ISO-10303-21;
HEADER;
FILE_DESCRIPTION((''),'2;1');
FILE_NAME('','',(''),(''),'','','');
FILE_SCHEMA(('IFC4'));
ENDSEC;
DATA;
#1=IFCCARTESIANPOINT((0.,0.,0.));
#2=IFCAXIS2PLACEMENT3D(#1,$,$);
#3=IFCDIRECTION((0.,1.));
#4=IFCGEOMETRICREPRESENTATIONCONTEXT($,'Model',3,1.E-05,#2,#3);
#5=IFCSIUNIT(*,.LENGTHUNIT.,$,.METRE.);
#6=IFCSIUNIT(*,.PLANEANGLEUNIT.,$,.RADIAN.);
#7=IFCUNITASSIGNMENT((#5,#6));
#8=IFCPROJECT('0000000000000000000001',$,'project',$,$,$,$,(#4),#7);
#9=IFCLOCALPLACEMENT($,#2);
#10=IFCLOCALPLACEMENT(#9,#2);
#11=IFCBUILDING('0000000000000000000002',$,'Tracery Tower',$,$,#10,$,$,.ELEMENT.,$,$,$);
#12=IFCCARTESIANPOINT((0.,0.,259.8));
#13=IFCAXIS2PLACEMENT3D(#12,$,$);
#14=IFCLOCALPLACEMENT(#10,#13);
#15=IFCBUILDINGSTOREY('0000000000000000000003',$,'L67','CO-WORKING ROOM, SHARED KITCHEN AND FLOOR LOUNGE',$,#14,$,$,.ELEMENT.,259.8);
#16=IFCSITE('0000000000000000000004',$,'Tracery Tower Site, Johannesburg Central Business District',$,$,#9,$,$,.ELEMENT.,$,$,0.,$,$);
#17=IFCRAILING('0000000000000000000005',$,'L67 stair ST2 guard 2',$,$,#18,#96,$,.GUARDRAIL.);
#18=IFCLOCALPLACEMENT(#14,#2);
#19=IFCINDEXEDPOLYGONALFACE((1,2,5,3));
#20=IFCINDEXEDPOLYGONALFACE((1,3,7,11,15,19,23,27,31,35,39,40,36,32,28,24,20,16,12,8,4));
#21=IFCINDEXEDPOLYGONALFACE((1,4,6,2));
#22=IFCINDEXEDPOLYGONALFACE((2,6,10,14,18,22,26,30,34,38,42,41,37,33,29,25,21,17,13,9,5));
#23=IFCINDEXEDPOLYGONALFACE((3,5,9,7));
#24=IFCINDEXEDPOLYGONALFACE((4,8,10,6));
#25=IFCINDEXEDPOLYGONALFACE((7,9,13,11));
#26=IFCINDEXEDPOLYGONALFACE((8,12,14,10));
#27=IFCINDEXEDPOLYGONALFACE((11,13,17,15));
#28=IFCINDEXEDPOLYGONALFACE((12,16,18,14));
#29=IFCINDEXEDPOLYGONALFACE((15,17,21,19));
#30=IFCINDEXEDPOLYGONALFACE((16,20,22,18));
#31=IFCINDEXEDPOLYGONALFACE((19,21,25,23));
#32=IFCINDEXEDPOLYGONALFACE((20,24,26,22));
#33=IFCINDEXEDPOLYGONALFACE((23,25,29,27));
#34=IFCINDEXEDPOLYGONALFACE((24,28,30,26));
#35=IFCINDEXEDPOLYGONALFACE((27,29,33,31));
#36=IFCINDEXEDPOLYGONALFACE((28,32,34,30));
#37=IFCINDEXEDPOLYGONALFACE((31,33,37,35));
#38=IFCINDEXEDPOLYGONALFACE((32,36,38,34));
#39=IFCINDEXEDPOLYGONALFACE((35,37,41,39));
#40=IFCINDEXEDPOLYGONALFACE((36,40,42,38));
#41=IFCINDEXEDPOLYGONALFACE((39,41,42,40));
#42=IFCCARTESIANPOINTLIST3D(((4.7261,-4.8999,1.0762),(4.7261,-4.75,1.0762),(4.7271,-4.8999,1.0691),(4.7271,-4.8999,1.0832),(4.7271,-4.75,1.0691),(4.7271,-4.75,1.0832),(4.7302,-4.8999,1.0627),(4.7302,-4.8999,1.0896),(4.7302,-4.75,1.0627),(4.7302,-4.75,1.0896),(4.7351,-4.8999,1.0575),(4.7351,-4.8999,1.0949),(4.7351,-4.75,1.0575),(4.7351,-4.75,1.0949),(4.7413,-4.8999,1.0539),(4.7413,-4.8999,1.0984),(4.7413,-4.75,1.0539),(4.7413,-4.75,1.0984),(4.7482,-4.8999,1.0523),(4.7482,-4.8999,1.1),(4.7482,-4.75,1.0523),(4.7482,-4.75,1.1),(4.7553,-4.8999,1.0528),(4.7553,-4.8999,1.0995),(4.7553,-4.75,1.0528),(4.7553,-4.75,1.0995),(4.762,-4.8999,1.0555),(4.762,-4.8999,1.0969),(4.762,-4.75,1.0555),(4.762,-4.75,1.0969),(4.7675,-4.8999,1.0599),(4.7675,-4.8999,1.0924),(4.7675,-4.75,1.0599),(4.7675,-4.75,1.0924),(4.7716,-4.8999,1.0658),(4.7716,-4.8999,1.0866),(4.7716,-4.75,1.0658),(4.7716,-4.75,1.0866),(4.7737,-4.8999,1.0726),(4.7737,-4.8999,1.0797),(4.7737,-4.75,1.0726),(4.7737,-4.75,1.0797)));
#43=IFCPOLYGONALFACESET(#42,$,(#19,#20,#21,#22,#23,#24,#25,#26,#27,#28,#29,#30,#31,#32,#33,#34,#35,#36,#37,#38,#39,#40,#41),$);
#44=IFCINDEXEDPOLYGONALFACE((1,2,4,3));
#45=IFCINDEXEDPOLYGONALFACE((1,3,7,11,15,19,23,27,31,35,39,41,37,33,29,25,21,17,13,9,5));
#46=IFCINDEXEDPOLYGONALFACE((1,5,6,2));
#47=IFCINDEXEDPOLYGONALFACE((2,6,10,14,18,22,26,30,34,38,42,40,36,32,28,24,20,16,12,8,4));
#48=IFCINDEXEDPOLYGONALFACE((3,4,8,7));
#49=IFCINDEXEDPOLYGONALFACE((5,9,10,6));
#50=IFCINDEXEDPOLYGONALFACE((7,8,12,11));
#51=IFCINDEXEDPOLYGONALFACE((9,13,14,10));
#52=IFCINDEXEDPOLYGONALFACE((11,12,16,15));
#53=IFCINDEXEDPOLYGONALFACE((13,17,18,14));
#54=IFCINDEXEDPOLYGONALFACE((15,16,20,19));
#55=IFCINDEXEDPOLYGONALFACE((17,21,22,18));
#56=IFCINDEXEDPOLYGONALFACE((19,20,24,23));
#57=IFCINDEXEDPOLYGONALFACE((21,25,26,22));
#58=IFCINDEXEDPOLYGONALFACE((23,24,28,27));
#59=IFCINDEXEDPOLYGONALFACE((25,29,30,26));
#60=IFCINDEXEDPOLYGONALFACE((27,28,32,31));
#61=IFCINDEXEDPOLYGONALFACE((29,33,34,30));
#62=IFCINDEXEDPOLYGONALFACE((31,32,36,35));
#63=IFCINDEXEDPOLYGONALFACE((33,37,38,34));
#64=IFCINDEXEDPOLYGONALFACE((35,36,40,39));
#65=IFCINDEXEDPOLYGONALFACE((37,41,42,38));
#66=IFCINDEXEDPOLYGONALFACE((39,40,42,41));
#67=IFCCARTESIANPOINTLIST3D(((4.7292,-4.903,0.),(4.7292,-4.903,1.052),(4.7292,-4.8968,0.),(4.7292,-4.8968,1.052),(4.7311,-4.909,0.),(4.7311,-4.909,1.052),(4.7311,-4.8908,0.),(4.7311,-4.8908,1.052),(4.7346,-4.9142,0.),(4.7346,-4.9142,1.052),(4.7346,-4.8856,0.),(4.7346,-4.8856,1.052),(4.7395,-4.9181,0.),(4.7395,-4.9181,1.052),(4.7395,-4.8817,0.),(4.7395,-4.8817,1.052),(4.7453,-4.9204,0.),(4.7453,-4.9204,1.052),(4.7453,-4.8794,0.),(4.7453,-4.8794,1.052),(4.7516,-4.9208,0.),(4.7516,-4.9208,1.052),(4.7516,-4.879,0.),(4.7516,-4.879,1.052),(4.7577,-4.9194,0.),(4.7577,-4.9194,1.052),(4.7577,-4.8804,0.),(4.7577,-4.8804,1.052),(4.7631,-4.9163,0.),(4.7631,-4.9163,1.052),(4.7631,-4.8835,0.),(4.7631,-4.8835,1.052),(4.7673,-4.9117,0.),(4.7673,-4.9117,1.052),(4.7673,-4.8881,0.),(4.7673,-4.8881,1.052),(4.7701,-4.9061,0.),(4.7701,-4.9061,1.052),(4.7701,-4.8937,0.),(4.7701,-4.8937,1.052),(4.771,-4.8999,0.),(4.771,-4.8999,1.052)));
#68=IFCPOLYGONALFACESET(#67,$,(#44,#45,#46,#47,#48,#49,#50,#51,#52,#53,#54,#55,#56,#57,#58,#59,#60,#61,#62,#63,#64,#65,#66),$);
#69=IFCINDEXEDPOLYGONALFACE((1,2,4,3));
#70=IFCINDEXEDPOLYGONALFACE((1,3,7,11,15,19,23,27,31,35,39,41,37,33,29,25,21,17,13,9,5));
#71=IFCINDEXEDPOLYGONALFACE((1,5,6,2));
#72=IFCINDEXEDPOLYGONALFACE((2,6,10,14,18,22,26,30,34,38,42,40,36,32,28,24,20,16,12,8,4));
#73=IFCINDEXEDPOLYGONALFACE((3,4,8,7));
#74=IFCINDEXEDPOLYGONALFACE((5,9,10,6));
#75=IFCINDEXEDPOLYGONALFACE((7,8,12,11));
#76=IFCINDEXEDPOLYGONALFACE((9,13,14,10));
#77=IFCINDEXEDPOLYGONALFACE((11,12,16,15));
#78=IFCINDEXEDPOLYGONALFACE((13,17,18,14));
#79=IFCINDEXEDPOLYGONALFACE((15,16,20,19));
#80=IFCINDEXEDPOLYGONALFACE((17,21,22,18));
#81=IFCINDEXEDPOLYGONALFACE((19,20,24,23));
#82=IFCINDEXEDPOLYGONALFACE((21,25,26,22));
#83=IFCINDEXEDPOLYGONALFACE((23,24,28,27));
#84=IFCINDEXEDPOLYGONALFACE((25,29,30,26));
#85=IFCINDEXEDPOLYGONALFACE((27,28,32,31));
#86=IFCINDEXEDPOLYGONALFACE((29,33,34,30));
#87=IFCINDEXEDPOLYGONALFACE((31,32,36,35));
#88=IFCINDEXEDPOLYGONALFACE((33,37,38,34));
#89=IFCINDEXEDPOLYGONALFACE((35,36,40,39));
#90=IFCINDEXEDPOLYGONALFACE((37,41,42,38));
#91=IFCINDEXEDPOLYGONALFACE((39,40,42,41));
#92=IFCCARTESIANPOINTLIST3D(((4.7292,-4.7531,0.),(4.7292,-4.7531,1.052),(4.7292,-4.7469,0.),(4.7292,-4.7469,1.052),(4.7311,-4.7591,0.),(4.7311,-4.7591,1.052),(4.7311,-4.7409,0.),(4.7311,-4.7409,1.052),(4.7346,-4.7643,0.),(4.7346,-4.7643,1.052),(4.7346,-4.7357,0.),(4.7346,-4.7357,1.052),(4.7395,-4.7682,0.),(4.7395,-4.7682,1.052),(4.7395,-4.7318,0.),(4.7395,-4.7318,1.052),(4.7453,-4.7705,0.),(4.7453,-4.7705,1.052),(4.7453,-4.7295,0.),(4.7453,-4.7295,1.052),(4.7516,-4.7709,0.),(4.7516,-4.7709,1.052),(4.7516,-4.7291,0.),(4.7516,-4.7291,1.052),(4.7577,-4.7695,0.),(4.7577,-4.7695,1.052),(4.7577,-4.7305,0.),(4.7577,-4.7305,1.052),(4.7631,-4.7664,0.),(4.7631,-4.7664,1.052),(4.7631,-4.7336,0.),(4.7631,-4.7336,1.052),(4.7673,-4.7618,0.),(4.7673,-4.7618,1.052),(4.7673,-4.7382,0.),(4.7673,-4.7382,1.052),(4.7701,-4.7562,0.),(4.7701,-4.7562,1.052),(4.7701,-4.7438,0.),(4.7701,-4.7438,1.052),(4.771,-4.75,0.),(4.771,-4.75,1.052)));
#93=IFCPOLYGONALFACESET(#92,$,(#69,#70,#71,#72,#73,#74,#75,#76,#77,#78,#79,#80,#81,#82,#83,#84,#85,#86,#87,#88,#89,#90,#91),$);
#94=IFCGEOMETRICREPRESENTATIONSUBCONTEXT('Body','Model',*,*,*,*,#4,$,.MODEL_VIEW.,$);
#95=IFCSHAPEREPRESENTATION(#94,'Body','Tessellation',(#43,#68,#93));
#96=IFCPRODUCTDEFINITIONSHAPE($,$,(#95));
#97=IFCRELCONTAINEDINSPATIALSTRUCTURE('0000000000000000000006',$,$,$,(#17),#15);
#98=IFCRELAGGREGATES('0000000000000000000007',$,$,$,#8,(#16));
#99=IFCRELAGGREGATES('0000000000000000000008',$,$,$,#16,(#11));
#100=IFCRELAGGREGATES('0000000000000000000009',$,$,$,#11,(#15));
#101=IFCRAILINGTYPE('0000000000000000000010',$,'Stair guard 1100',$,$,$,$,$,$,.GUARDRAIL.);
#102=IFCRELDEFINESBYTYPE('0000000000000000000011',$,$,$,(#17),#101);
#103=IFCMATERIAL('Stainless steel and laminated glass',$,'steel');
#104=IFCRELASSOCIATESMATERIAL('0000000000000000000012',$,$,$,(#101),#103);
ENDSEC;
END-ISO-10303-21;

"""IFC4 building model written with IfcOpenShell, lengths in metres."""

from ifc_helpers import new_model, si_unit, direction, frame, origin, origin_2d, place, context, subcontext, project, spatial, circle, extrude, material, type_object, element, save


model = new_model("IFC4")

# Units and contexts
model_context = context("Model", 3, precision=1e-05, world=origin(), true_north=direction((0.0, 1.0)))
body_context = subcontext(model_context, "Body", "Model", "MODEL_VIEW")
ifc_project = project(units=[si_unit("LENGTHUNIT", "METRE"), si_unit("PLANEANGLEUNIT", "RADIAN")], contexts=[model_context])

# Site, building, storey
site_placement = place(None, origin())
site = spatial("IfcSite", under=ifc_project, at=site_placement, Name="Tracery Tower Site, Johannesburg Central Business District", CompositionType="ELEMENT", RefElevation=0.0)
building_placement = place(site_placement, origin())
building = spatial("IfcBuilding", under=site, at=building_placement, Name="Tracery Tower", CompositionType="ELEMENT")
storey_placement = place(building_placement, frame((0.0, 0.0, 259.8)))
storey = spatial("IfcBuildingStorey", under=building, at=storey_placement, Name="L67", Description="CO-WORKING ROOM, SHARED KITCHEN AND FLOOR LOUNGE", CompositionType="ELEMENT", Elevation=259.8)

# Railing
ifc_material_1 = material(Name="Stainless steel and laminated glass", Category="steel")
railing_type_1 = type_object("IfcRailingType", Name="Stair guard 1100", PredefinedType="GUARDRAIL", material=ifc_material_1)
railing_1_placement = place(storey_placement, frame((4.75, -4.8999, 0.0)))
element("IfcRailing", 1, at=railing_1_placement, inside=storey, type_object=railing_type_1, Name="L67 stair ST2 guard 2", PredefinedType="GUARDRAIL", context=body_context, shape_type="SweptSolid", body=[
    extrude(circle(Radius=0.0239, at=origin_2d()), frame((0.0, 0.0, 1.0762), z_axis=(0.0, 1.0, 0.0), x_axis=(-1.0, 0.0, 0.0)), (0.0, 0.0, 1.0), 0.1499),
    extrude(circle(Radius=0.021, at=origin_2d()), origin(), (0.0, 0.0, 1.0), 1.052),
    extrude(circle(Radius=0.021, at=origin_2d()), frame((0.0, 0.1499, 0.0)), (0.0, 0.0, 1.0), 1.052),
])

save(model, "model.ifc")
